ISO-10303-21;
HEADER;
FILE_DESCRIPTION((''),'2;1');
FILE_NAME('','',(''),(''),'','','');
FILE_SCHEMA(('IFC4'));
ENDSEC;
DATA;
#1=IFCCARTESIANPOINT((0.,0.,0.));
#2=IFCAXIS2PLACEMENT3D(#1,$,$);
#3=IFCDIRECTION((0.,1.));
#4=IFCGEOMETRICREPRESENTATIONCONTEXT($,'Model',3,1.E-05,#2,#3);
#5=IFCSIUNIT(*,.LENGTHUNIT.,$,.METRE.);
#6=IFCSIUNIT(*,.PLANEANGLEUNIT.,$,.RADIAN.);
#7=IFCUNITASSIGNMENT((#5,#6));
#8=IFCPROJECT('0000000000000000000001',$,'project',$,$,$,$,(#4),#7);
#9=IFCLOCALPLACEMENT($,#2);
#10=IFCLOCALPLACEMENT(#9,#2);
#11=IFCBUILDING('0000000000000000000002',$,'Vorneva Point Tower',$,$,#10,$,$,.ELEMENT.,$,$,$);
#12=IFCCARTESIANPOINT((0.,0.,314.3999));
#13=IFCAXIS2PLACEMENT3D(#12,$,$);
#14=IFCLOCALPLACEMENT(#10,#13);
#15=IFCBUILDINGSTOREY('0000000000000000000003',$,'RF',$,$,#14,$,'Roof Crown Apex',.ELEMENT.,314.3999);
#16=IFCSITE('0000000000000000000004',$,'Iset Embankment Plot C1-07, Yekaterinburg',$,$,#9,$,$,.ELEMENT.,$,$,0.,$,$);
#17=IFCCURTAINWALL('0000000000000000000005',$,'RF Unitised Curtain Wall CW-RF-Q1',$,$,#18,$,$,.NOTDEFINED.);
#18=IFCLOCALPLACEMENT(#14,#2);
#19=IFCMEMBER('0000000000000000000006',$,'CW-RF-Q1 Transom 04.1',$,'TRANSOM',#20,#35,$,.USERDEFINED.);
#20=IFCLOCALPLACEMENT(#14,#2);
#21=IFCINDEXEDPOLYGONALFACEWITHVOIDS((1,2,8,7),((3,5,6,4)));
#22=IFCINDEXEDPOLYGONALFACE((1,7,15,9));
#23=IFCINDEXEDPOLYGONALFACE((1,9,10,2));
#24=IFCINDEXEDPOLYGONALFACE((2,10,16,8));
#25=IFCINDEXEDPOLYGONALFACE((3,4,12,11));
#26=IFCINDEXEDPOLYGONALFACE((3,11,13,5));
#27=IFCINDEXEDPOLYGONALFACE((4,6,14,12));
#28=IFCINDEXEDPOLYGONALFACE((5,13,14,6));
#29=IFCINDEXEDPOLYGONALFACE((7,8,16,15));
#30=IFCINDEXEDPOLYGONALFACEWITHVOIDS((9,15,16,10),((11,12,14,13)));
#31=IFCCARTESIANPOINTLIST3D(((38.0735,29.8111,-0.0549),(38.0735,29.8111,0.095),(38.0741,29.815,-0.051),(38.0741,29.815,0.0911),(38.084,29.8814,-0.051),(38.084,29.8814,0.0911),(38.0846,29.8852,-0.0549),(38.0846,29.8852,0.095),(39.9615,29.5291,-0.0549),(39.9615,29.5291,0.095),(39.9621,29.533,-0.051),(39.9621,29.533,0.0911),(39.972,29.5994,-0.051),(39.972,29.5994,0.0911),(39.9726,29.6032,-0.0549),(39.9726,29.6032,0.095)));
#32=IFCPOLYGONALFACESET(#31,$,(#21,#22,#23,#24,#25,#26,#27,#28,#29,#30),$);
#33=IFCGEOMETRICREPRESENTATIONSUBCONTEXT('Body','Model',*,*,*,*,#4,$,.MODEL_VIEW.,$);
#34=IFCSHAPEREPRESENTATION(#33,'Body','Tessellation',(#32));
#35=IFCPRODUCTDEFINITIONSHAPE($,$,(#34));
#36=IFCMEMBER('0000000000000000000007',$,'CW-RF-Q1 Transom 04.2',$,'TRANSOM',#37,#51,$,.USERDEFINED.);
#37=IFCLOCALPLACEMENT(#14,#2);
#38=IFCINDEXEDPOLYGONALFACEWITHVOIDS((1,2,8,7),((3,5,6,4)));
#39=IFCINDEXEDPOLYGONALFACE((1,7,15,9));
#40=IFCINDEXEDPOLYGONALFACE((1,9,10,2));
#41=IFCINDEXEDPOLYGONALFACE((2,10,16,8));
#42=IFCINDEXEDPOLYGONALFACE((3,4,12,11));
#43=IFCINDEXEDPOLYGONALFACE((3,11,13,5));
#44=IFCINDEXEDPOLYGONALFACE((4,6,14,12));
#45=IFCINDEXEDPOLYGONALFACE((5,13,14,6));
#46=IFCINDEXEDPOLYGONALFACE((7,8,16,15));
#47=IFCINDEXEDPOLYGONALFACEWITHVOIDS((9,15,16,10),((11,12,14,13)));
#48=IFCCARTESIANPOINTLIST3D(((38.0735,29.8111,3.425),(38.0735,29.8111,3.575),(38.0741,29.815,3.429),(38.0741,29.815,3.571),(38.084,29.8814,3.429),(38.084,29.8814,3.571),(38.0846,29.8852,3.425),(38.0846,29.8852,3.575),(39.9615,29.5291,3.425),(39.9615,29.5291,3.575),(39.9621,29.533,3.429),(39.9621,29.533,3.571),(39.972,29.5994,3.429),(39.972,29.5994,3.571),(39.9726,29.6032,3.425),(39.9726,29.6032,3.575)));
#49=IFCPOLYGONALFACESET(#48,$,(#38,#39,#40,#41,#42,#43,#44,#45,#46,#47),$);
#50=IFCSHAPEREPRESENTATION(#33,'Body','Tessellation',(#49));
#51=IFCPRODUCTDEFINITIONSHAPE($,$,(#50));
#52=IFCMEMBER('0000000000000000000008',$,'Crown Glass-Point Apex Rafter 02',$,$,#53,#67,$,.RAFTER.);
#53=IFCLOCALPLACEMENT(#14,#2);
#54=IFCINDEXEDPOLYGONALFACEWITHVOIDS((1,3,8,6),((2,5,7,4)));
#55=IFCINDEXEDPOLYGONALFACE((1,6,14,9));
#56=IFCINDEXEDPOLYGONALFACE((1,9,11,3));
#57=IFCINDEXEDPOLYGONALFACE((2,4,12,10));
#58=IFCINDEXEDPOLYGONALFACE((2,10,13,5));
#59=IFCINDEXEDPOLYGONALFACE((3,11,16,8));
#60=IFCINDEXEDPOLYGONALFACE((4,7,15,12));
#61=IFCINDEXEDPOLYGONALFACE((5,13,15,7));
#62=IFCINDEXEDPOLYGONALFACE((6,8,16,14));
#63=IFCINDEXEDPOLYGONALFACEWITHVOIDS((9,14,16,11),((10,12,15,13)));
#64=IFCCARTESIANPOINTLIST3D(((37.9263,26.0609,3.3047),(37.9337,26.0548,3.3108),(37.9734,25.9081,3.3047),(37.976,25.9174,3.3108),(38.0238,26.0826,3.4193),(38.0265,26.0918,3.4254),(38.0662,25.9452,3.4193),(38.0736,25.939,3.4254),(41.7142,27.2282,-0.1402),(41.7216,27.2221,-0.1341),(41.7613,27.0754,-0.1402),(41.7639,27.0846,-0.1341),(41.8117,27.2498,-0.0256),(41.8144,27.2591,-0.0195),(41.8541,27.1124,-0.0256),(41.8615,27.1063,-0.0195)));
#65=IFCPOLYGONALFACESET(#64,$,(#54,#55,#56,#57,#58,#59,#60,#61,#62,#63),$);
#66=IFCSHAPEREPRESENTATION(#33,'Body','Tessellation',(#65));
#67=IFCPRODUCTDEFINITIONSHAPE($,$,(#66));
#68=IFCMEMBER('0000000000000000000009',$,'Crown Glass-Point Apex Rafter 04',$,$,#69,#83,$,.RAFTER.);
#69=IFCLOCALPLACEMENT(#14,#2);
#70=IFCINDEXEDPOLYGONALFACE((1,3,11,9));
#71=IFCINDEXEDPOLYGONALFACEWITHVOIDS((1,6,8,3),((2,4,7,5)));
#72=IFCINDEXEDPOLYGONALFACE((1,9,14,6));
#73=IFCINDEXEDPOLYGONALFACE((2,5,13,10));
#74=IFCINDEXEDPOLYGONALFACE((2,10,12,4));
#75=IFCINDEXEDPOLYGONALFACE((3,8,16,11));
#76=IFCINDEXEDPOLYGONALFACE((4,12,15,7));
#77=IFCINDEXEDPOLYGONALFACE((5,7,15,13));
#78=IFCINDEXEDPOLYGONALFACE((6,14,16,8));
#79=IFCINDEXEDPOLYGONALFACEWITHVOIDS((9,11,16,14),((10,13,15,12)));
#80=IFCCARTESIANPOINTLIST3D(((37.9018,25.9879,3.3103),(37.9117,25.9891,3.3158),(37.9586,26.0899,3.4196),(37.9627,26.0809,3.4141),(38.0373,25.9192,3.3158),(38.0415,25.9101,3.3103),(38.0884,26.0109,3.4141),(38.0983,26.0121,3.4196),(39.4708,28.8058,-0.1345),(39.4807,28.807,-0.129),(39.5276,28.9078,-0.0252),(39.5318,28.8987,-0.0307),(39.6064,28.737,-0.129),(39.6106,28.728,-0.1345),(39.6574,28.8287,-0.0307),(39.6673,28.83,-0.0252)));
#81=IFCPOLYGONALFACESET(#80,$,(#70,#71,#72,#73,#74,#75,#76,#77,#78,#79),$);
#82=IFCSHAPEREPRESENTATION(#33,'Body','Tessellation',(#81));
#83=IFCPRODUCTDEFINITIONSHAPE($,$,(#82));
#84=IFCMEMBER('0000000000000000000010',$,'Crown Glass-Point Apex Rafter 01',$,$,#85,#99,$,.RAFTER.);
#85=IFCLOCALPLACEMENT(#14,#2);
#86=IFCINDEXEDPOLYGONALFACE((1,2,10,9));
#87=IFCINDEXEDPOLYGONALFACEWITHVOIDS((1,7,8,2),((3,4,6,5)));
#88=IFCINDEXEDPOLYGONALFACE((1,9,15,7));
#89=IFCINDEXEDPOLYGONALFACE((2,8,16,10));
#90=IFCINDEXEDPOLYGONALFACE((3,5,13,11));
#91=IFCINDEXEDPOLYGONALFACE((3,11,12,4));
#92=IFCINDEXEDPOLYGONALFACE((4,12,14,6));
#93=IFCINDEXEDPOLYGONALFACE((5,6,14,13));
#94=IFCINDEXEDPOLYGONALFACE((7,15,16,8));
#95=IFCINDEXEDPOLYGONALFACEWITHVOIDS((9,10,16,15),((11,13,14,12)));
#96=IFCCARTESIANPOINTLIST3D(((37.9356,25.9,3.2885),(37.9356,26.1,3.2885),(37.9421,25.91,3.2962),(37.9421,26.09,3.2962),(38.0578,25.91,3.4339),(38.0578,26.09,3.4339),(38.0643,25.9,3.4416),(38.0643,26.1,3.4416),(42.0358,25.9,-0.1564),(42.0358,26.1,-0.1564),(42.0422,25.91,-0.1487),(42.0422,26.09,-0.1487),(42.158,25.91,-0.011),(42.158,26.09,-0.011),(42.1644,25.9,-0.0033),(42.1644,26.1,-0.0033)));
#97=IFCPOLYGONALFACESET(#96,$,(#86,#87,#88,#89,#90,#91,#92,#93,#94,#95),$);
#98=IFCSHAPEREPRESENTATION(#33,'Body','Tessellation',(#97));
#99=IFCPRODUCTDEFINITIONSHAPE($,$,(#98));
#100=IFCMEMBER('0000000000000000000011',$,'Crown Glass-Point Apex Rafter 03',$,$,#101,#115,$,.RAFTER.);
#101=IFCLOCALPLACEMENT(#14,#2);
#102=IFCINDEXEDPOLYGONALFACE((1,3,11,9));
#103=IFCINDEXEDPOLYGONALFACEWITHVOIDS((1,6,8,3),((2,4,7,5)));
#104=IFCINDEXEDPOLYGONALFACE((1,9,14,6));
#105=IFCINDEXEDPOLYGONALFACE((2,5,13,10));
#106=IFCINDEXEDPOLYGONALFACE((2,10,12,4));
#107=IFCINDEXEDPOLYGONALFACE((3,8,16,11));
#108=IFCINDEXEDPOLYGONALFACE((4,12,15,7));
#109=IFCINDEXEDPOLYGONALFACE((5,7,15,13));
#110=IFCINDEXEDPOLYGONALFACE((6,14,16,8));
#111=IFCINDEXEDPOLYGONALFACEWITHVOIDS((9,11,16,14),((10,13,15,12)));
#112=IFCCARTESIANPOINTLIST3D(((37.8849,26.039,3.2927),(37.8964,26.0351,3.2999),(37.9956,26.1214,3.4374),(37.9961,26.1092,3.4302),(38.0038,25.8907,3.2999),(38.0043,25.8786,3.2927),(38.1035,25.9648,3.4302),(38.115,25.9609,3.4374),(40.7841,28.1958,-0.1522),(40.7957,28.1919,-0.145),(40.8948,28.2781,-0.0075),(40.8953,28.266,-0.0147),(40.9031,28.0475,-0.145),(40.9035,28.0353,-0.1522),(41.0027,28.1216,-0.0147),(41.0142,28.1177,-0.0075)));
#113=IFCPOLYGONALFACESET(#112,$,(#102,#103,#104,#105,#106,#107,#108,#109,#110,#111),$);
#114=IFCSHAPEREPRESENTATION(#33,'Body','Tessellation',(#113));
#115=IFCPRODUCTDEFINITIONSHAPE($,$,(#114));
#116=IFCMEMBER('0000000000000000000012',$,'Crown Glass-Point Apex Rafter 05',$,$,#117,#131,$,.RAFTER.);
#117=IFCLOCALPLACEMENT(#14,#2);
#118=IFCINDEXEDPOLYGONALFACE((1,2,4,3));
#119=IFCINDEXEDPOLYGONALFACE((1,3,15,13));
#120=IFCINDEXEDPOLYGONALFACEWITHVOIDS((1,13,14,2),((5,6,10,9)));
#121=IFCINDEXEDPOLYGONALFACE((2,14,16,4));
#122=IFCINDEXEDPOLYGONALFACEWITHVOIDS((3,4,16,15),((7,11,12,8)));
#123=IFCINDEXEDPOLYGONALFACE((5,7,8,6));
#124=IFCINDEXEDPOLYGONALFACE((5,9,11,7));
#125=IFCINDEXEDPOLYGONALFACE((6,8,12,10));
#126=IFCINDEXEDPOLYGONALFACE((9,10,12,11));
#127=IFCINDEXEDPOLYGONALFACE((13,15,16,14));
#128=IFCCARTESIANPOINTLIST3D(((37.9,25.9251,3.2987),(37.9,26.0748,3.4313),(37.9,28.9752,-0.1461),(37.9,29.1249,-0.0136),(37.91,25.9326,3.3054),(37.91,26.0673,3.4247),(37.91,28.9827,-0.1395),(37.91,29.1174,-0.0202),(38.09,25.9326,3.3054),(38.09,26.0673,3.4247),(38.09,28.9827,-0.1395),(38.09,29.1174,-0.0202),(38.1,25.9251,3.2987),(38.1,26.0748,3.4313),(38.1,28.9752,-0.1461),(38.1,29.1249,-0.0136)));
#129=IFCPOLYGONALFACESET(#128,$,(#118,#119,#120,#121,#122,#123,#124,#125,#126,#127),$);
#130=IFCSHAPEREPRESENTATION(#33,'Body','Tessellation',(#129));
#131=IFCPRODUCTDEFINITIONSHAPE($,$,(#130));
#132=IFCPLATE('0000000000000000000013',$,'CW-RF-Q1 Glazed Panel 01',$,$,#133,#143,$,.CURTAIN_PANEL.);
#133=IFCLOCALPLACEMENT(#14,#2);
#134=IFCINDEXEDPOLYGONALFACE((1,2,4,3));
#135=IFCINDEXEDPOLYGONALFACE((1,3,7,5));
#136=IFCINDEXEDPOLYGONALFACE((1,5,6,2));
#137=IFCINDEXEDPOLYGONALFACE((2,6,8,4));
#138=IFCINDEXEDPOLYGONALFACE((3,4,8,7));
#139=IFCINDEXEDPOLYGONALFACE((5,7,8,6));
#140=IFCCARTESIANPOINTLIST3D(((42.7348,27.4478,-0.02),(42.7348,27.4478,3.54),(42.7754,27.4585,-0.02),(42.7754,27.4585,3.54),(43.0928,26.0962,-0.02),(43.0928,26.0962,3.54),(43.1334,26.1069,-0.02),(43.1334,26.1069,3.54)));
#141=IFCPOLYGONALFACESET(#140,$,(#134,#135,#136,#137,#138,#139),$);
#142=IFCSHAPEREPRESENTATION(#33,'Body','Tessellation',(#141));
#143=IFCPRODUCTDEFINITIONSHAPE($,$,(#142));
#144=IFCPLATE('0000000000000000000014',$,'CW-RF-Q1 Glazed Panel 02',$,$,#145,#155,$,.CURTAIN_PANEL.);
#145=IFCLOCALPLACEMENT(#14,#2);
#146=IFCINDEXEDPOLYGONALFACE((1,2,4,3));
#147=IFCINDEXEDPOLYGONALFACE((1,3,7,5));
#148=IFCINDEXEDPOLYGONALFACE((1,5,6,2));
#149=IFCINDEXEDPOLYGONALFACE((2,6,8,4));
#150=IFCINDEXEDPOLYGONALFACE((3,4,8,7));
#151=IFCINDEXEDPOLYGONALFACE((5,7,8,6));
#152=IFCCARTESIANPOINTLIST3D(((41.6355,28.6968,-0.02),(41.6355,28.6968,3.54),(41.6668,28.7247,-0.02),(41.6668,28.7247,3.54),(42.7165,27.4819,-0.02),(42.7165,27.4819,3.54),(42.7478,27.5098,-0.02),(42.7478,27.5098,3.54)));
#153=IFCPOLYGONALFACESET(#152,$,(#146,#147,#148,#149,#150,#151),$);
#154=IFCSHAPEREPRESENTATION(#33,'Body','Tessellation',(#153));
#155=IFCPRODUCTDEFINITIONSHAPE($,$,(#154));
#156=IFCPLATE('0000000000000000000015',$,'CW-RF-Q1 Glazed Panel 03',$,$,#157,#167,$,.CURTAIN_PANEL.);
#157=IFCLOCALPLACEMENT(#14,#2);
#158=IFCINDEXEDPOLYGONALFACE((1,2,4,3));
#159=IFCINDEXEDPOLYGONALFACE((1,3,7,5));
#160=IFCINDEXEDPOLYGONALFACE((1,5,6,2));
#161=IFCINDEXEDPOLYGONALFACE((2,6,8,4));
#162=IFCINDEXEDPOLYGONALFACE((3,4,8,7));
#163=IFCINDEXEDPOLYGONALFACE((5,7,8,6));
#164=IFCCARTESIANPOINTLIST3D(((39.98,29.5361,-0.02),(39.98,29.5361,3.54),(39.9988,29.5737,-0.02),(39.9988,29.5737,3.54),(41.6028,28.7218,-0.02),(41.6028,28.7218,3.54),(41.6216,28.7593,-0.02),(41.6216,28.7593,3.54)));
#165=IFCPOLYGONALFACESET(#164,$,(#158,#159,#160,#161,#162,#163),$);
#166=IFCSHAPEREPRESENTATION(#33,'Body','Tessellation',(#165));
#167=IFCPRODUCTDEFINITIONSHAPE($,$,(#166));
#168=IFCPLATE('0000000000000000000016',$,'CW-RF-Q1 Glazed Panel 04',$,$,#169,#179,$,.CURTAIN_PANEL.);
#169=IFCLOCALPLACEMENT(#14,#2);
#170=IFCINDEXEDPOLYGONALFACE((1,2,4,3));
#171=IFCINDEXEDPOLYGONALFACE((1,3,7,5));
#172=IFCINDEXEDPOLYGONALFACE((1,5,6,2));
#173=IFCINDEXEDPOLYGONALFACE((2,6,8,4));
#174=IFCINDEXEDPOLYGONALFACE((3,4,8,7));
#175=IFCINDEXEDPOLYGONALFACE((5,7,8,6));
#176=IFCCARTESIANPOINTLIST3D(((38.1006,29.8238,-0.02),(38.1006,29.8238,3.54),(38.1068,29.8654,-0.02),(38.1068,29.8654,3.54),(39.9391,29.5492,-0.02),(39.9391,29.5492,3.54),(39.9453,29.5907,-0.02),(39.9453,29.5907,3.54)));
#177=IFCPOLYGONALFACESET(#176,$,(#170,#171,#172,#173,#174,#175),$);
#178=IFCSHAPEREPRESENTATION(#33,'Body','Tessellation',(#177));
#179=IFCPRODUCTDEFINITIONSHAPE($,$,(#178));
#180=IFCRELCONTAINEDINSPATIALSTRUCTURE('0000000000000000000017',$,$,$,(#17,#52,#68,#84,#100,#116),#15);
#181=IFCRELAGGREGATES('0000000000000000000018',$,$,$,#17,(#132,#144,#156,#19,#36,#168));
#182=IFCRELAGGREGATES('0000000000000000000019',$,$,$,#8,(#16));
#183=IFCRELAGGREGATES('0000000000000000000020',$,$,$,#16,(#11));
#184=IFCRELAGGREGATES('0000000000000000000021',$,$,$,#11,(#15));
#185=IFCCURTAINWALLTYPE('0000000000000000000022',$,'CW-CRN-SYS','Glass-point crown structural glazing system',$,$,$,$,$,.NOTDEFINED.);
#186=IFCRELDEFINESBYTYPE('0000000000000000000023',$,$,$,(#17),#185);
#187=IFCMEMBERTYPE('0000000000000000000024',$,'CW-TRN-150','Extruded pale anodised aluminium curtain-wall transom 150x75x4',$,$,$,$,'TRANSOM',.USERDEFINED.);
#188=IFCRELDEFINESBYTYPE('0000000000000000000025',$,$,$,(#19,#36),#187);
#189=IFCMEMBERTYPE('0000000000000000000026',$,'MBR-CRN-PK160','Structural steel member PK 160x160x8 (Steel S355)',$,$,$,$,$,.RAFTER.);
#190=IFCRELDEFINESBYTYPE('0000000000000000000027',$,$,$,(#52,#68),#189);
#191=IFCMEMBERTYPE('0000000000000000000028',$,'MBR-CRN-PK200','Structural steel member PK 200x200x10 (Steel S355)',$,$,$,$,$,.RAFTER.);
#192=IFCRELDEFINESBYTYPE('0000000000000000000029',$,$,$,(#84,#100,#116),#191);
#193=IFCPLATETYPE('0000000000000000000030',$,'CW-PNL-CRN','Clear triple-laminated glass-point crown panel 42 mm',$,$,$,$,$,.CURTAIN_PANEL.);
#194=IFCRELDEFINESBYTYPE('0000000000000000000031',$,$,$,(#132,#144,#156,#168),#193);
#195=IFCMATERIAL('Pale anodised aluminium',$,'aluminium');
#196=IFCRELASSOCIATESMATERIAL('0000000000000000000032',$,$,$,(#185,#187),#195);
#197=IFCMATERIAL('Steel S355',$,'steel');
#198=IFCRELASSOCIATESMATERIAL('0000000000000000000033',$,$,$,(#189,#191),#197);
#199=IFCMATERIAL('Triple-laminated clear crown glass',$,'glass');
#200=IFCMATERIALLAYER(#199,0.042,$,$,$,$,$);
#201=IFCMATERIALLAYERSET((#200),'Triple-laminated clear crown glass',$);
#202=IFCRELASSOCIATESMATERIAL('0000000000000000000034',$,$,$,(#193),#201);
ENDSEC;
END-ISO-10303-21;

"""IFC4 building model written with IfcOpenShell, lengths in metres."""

from ifc_helpers import new_model, si_unit, direction, frame, origin, origin_2d, place, context, subcontext, project, spatial, rectangle, hollow_rectangle, extrude, material, layer, layer_set, material_profile, profile_set, type_object, element, aggregate, save


model = new_model("IFC4")

# Units and contexts
model_context = context("Model", 3, precision=1e-05, world=origin(), true_north=direction((0.0, 1.0)))
body_context = subcontext(model_context, "Body", "Model", "MODEL_VIEW")
ifc_project = project(units=[si_unit("LENGTHUNIT", "METRE"), si_unit("PLANEANGLEUNIT", "RADIAN")], contexts=[model_context])

# Site, building, storey
site_placement = place(None, origin())
site = spatial("IfcSite", under=ifc_project, at=site_placement, Name="Iset Embankment Plot C1-07, Yekaterinburg", CompositionType="ELEMENT", RefElevation=0.0)
building_placement = place(site_placement, origin())
building = spatial("IfcBuilding", under=site, at=building_placement, Name="Vorneva Point Tower", CompositionType="ELEMENT")
storey_placement = place(building_placement, frame((0.0, 0.0, 314.3999)))
storey = spatial("IfcBuildingStorey", under=building, at=storey_placement, Name="RF", LongName="Roof Crown Apex", CompositionType="ELEMENT", Elevation=314.3999)

# Curtain wall, members
ifc_material_1 = material(Name="Pale anodised aluminium", Category="aluminium")
curtain_wall_type = type_object("IfcCurtainWallType", Name="CW-CRN-SYS", Description="Glass-point crown structural glazing system", PredefinedType="NOTDEFINED", material=ifc_material_1)
curtain_wall_placement = place(storey_placement, origin())
curtain_wall = element("IfcCurtainWall", 1, at=curtain_wall_placement, inside=storey, type_object=curtain_wall_type, Name="RF Unitised Curtain Wall CW-RF-Q1", PredefinedType="NOTDEFINED")
ifc_material_profile_1 = material_profile(ifc_material_1, hollow_rectangle(XDim=0.075, YDim=0.1499, WallThickness=0.0039, at=origin_2d()), Name="AL-TRN 150x75x4")
ifc_profile_set_1 = profile_set([ifc_material_profile_1], Name="Pale anodised aluminium")
member_type_1 = type_object("IfcMemberType", Name="CW-TRN-150", Description="Extruded pale anodised aluminium curtain-wall transom 150x75x4", ElementType="TRANSOM", PredefinedType="USERDEFINED", material=ifc_profile_set_1)
member_1_placement = place(storey_placement, frame((39.967, 29.5662, 0.02), z_axis=(-0.989029, 0.147721, 0.0), x_axis=(-0.147721, -0.989029, 0.0)))
member_1 = element("IfcMember", 2, at=member_1_placement, type_object=member_type_1, Name="CW-RF-Q1 Transom 04.1", ObjectType="TRANSOM", PredefinedType="USERDEFINED", context=body_context, shape_type="SweptSolid", body=[
    extrude(hollow_rectangle(XDim=0.075, YDim=0.1499, WallThickness=0.0039, at=origin_2d()), origin(), (0.0, 0.0, 1.0), 1.9089),
])
member_2_placement = place(storey_placement, frame((39.967, 29.5662, 3.5), z_axis=(-0.989029, 0.147721, 0.0), x_axis=(-0.147721, -0.989029, 0.0)))
member_2 = element("IfcMember", 3, at=member_2_placement, type_object=member_type_1, Name="CW-RF-Q1 Transom 04.2", ObjectType="TRANSOM", PredefinedType="USERDEFINED", context=body_context, shape_type="SweptSolid", body=[
    extrude(hollow_rectangle(XDim=0.075, YDim=0.1499, WallThickness=0.0039, at=origin_2d()), origin(), (0.0, 0.0, 1.0), 1.9089),
])

# Members
ifc_material_2 = material(Name="Steel S355", Category="steel")
ifc_material_profile_2 = material_profile(ifc_material_2, hollow_rectangle(XDim=0.1599, YDim=0.1599, WallThickness=0.0081, at=origin_2d()), Name="PK 160x160x8")
ifc_profile_set_2 = profile_set([ifc_material_profile_2], Name="Steel S355")
member_type_2 = type_object("IfcMemberType", Name="MBR-CRN-PK160", Description="Structural steel member PK 160x160x8 (Steel S355)", PredefinedType="RAFTER", material=ifc_profile_set_2)
member_3_placement = place(storey_placement, frame((41.7878, 27.1672, -0.0798), z_axis=(-0.721304, -0.222272, 0.655984), x_axis=(0.294488, -0.955655, 0.0)))
element("IfcMember", 4, at=member_3_placement, inside=storey, type_object=member_type_2, Name="Crown Glass-Point Apex Rafter 02", PredefinedType="RAFTER", context=body_context, shape_type="SweptSolid", body=[
    extrude(hollow_rectangle(XDim=0.1599, YDim=0.1599, WallThickness=0.0081, at=origin_2d()), origin(), (0.0, 0.0, 1.0), 5.2515),
])
member_4_placement = place(storey_placement, frame((39.5691, 28.8179, -0.0798), z_axis=(-0.332503, -0.597129, 0.729985), x_axis=(0.873682, -0.486497, 0.0)))
element("IfcMember", 5, at=member_4_placement, inside=storey, type_object=member_type_2, Name="Crown Glass-Point Apex Rafter 04", PredefinedType="RAFTER", context=body_context, shape_type="SweptSolid", body=[
    extrude(hollow_rectangle(XDim=0.1599, YDim=0.1599, WallThickness=0.0081, at=origin_2d()), origin(), (0.0, 0.0, 1.0), 4.719),
])
ifc_material_profile_3 = material_profile(ifc_material_2, hollow_rectangle(XDim=0.2, YDim=0.2, WallThickness=0.01, at=origin_2d()), Name="PK 200x200x10")
ifc_profile_set_3 = profile_set([ifc_material_profile_3], Name="Steel S355")
member_type_3 = type_object("IfcMemberType", Name="MBR-CRN-PK200", Description="Structural steel member PK 200x200x10 (Steel S355)", PredefinedType="RAFTER", material=ifc_profile_set_3)
member_5_placement = place(storey_placement, frame((42.1001, 26.0, -0.0798), z_axis=(-0.765637, 0.0, 0.643273), x_axis=(0.0, -1.0, 0.0)))
element("IfcMember", 6, at=member_5_placement, inside=storey, type_object=member_type_3, Name="Crown Glass-Point Apex Rafter 01", PredefinedType="RAFTER", context=body_context, shape_type="SweptSolid", body=[
    extrude(hollow_rectangle(XDim=0.2, YDim=0.2, WallThickness=0.01, at=origin_2d()), origin(), (0.0, 0.0, 1.0), 5.3552),
])
member_6_placement = place(storey_placement, frame((40.8992, 28.1567, -0.0798), z_axis=(-0.580723, -0.432009, 0.690021), x_axis=(0.596871, -0.802337, 0.0)))
element("IfcMember", 7, at=member_6_placement, inside=storey, type_object=member_type_3, Name="Crown Glass-Point Apex Rafter 03", PredefinedType="RAFTER", context=body_context, shape_type="SweptSolid", body=[
    extrude(hollow_rectangle(XDim=0.2, YDim=0.2, WallThickness=0.01, at=origin_2d()), origin(), (0.0, 0.0, 1.0), 4.9924),
])
member_7_placement = place(storey_placement, frame((38.0, 29.05, -0.0798), z_axis=(0.0, -0.662904, 0.748705), x_axis=(1.0, 0.0, 0.0)))
element("IfcMember", 8, at=member_7_placement, inside=storey, type_object=member_type_3, Name="Crown Glass-Point Apex Rafter 05", PredefinedType="RAFTER", context=body_context, shape_type="SweptSolid", body=[
    extrude(hollow_rectangle(XDim=0.2, YDim=0.2, WallThickness=0.01, at=origin_2d()), origin(), (0.0, 0.0, 1.0), 4.6011),
])

# Plates
ifc_material_3 = material(Name="Triple-laminated clear crown glass", Category="glass")
ifc_layer_1 = layer(ifc_material_3, 0.042)
ifc_layer_set_1 = layer_set([ifc_layer_1], Name="Triple-laminated clear crown glass")
plate_type_1 = type_object("IfcPlateType", Name="CW-PNL-CRN", Description="Clear triple-laminated glass-point crown panel 42 mm", PredefinedType="CURTAIN_PANEL", material=ifc_layer_set_1)
plate_1_placement = place(storey_placement, frame((42.9341, 26.7773, -0.02), z_axis=(0.0, 0.0, 1.0), x_axis=(-0.256053, 0.966663, 0.0)))
plate_1 = element("IfcPlate", 9, at=plate_1_placement, type_object=plate_type_1, Name="CW-RF-Q1 Glazed Panel 01", PredefinedType="CURTAIN_PANEL", context=body_context, shape_type="SweptSolid", body=[
    extrude(rectangle(XDim=1.3982, YDim=0.042, at=origin_2d()), origin(), (0.0, 0.0, 1.0), 3.5601),
])
plate_2_placement = place(storey_placement, frame((42.1917, 28.1033, -0.02), z_axis=(0.0, 0.0, 1.0), x_axis=(-0.664735, 0.747079, 0.0)))
plate_2 = element("IfcPlate", 10, at=plate_2_placement, type_object=plate_type_1, Name="CW-RF-Q1 Glazed Panel 02", PredefinedType="CURTAIN_PANEL", context=body_context, shape_type="SweptSolid", body=[
    extrude(rectangle(XDim=1.6262, YDim=0.042, at=origin_2d()), origin(), (0.0, 0.0, 1.0), 3.5601),
])
plate_3_placement = place(storey_placement, frame((40.8008, 29.1477, -0.02), z_axis=(0.0, 0.0, 1.0), x_axis=(-0.893771, 0.448524, 0.0)))
plate_3 = element("IfcPlate", 11, at=plate_3_placement, type_object=plate_type_1, Name="CW-RF-Q1 Glazed Panel 03", PredefinedType="CURTAIN_PANEL", context=body_context, shape_type="SweptSolid", body=[
    extrude(rectangle(XDim=1.8157, YDim=0.042, at=origin_2d()), origin(), (0.0, 0.0, 1.0), 3.5601),
])
plate_4_placement = place(storey_placement, frame((39.0229, 29.7073, -0.02), z_axis=(0.0, 0.0, 1.0), x_axis=(-0.989026, 0.14774, 0.0)))
plate_4 = element("IfcPlate", 12, at=plate_4_placement, type_object=plate_type_1, Name="CW-RF-Q1 Glazed Panel 04", PredefinedType="CURTAIN_PANEL", context=body_context, shape_type="SweptSolid", body=[
    extrude(rectangle(XDim=1.8589, YDim=0.042, at=origin_2d()), origin(), (0.0, 0.0, 1.0), 3.5601),
])
aggregate(curtain_wall, [plate_1, plate_2, plate_3, member_1, member_2, plate_4])

save(model, "model.ifc")
